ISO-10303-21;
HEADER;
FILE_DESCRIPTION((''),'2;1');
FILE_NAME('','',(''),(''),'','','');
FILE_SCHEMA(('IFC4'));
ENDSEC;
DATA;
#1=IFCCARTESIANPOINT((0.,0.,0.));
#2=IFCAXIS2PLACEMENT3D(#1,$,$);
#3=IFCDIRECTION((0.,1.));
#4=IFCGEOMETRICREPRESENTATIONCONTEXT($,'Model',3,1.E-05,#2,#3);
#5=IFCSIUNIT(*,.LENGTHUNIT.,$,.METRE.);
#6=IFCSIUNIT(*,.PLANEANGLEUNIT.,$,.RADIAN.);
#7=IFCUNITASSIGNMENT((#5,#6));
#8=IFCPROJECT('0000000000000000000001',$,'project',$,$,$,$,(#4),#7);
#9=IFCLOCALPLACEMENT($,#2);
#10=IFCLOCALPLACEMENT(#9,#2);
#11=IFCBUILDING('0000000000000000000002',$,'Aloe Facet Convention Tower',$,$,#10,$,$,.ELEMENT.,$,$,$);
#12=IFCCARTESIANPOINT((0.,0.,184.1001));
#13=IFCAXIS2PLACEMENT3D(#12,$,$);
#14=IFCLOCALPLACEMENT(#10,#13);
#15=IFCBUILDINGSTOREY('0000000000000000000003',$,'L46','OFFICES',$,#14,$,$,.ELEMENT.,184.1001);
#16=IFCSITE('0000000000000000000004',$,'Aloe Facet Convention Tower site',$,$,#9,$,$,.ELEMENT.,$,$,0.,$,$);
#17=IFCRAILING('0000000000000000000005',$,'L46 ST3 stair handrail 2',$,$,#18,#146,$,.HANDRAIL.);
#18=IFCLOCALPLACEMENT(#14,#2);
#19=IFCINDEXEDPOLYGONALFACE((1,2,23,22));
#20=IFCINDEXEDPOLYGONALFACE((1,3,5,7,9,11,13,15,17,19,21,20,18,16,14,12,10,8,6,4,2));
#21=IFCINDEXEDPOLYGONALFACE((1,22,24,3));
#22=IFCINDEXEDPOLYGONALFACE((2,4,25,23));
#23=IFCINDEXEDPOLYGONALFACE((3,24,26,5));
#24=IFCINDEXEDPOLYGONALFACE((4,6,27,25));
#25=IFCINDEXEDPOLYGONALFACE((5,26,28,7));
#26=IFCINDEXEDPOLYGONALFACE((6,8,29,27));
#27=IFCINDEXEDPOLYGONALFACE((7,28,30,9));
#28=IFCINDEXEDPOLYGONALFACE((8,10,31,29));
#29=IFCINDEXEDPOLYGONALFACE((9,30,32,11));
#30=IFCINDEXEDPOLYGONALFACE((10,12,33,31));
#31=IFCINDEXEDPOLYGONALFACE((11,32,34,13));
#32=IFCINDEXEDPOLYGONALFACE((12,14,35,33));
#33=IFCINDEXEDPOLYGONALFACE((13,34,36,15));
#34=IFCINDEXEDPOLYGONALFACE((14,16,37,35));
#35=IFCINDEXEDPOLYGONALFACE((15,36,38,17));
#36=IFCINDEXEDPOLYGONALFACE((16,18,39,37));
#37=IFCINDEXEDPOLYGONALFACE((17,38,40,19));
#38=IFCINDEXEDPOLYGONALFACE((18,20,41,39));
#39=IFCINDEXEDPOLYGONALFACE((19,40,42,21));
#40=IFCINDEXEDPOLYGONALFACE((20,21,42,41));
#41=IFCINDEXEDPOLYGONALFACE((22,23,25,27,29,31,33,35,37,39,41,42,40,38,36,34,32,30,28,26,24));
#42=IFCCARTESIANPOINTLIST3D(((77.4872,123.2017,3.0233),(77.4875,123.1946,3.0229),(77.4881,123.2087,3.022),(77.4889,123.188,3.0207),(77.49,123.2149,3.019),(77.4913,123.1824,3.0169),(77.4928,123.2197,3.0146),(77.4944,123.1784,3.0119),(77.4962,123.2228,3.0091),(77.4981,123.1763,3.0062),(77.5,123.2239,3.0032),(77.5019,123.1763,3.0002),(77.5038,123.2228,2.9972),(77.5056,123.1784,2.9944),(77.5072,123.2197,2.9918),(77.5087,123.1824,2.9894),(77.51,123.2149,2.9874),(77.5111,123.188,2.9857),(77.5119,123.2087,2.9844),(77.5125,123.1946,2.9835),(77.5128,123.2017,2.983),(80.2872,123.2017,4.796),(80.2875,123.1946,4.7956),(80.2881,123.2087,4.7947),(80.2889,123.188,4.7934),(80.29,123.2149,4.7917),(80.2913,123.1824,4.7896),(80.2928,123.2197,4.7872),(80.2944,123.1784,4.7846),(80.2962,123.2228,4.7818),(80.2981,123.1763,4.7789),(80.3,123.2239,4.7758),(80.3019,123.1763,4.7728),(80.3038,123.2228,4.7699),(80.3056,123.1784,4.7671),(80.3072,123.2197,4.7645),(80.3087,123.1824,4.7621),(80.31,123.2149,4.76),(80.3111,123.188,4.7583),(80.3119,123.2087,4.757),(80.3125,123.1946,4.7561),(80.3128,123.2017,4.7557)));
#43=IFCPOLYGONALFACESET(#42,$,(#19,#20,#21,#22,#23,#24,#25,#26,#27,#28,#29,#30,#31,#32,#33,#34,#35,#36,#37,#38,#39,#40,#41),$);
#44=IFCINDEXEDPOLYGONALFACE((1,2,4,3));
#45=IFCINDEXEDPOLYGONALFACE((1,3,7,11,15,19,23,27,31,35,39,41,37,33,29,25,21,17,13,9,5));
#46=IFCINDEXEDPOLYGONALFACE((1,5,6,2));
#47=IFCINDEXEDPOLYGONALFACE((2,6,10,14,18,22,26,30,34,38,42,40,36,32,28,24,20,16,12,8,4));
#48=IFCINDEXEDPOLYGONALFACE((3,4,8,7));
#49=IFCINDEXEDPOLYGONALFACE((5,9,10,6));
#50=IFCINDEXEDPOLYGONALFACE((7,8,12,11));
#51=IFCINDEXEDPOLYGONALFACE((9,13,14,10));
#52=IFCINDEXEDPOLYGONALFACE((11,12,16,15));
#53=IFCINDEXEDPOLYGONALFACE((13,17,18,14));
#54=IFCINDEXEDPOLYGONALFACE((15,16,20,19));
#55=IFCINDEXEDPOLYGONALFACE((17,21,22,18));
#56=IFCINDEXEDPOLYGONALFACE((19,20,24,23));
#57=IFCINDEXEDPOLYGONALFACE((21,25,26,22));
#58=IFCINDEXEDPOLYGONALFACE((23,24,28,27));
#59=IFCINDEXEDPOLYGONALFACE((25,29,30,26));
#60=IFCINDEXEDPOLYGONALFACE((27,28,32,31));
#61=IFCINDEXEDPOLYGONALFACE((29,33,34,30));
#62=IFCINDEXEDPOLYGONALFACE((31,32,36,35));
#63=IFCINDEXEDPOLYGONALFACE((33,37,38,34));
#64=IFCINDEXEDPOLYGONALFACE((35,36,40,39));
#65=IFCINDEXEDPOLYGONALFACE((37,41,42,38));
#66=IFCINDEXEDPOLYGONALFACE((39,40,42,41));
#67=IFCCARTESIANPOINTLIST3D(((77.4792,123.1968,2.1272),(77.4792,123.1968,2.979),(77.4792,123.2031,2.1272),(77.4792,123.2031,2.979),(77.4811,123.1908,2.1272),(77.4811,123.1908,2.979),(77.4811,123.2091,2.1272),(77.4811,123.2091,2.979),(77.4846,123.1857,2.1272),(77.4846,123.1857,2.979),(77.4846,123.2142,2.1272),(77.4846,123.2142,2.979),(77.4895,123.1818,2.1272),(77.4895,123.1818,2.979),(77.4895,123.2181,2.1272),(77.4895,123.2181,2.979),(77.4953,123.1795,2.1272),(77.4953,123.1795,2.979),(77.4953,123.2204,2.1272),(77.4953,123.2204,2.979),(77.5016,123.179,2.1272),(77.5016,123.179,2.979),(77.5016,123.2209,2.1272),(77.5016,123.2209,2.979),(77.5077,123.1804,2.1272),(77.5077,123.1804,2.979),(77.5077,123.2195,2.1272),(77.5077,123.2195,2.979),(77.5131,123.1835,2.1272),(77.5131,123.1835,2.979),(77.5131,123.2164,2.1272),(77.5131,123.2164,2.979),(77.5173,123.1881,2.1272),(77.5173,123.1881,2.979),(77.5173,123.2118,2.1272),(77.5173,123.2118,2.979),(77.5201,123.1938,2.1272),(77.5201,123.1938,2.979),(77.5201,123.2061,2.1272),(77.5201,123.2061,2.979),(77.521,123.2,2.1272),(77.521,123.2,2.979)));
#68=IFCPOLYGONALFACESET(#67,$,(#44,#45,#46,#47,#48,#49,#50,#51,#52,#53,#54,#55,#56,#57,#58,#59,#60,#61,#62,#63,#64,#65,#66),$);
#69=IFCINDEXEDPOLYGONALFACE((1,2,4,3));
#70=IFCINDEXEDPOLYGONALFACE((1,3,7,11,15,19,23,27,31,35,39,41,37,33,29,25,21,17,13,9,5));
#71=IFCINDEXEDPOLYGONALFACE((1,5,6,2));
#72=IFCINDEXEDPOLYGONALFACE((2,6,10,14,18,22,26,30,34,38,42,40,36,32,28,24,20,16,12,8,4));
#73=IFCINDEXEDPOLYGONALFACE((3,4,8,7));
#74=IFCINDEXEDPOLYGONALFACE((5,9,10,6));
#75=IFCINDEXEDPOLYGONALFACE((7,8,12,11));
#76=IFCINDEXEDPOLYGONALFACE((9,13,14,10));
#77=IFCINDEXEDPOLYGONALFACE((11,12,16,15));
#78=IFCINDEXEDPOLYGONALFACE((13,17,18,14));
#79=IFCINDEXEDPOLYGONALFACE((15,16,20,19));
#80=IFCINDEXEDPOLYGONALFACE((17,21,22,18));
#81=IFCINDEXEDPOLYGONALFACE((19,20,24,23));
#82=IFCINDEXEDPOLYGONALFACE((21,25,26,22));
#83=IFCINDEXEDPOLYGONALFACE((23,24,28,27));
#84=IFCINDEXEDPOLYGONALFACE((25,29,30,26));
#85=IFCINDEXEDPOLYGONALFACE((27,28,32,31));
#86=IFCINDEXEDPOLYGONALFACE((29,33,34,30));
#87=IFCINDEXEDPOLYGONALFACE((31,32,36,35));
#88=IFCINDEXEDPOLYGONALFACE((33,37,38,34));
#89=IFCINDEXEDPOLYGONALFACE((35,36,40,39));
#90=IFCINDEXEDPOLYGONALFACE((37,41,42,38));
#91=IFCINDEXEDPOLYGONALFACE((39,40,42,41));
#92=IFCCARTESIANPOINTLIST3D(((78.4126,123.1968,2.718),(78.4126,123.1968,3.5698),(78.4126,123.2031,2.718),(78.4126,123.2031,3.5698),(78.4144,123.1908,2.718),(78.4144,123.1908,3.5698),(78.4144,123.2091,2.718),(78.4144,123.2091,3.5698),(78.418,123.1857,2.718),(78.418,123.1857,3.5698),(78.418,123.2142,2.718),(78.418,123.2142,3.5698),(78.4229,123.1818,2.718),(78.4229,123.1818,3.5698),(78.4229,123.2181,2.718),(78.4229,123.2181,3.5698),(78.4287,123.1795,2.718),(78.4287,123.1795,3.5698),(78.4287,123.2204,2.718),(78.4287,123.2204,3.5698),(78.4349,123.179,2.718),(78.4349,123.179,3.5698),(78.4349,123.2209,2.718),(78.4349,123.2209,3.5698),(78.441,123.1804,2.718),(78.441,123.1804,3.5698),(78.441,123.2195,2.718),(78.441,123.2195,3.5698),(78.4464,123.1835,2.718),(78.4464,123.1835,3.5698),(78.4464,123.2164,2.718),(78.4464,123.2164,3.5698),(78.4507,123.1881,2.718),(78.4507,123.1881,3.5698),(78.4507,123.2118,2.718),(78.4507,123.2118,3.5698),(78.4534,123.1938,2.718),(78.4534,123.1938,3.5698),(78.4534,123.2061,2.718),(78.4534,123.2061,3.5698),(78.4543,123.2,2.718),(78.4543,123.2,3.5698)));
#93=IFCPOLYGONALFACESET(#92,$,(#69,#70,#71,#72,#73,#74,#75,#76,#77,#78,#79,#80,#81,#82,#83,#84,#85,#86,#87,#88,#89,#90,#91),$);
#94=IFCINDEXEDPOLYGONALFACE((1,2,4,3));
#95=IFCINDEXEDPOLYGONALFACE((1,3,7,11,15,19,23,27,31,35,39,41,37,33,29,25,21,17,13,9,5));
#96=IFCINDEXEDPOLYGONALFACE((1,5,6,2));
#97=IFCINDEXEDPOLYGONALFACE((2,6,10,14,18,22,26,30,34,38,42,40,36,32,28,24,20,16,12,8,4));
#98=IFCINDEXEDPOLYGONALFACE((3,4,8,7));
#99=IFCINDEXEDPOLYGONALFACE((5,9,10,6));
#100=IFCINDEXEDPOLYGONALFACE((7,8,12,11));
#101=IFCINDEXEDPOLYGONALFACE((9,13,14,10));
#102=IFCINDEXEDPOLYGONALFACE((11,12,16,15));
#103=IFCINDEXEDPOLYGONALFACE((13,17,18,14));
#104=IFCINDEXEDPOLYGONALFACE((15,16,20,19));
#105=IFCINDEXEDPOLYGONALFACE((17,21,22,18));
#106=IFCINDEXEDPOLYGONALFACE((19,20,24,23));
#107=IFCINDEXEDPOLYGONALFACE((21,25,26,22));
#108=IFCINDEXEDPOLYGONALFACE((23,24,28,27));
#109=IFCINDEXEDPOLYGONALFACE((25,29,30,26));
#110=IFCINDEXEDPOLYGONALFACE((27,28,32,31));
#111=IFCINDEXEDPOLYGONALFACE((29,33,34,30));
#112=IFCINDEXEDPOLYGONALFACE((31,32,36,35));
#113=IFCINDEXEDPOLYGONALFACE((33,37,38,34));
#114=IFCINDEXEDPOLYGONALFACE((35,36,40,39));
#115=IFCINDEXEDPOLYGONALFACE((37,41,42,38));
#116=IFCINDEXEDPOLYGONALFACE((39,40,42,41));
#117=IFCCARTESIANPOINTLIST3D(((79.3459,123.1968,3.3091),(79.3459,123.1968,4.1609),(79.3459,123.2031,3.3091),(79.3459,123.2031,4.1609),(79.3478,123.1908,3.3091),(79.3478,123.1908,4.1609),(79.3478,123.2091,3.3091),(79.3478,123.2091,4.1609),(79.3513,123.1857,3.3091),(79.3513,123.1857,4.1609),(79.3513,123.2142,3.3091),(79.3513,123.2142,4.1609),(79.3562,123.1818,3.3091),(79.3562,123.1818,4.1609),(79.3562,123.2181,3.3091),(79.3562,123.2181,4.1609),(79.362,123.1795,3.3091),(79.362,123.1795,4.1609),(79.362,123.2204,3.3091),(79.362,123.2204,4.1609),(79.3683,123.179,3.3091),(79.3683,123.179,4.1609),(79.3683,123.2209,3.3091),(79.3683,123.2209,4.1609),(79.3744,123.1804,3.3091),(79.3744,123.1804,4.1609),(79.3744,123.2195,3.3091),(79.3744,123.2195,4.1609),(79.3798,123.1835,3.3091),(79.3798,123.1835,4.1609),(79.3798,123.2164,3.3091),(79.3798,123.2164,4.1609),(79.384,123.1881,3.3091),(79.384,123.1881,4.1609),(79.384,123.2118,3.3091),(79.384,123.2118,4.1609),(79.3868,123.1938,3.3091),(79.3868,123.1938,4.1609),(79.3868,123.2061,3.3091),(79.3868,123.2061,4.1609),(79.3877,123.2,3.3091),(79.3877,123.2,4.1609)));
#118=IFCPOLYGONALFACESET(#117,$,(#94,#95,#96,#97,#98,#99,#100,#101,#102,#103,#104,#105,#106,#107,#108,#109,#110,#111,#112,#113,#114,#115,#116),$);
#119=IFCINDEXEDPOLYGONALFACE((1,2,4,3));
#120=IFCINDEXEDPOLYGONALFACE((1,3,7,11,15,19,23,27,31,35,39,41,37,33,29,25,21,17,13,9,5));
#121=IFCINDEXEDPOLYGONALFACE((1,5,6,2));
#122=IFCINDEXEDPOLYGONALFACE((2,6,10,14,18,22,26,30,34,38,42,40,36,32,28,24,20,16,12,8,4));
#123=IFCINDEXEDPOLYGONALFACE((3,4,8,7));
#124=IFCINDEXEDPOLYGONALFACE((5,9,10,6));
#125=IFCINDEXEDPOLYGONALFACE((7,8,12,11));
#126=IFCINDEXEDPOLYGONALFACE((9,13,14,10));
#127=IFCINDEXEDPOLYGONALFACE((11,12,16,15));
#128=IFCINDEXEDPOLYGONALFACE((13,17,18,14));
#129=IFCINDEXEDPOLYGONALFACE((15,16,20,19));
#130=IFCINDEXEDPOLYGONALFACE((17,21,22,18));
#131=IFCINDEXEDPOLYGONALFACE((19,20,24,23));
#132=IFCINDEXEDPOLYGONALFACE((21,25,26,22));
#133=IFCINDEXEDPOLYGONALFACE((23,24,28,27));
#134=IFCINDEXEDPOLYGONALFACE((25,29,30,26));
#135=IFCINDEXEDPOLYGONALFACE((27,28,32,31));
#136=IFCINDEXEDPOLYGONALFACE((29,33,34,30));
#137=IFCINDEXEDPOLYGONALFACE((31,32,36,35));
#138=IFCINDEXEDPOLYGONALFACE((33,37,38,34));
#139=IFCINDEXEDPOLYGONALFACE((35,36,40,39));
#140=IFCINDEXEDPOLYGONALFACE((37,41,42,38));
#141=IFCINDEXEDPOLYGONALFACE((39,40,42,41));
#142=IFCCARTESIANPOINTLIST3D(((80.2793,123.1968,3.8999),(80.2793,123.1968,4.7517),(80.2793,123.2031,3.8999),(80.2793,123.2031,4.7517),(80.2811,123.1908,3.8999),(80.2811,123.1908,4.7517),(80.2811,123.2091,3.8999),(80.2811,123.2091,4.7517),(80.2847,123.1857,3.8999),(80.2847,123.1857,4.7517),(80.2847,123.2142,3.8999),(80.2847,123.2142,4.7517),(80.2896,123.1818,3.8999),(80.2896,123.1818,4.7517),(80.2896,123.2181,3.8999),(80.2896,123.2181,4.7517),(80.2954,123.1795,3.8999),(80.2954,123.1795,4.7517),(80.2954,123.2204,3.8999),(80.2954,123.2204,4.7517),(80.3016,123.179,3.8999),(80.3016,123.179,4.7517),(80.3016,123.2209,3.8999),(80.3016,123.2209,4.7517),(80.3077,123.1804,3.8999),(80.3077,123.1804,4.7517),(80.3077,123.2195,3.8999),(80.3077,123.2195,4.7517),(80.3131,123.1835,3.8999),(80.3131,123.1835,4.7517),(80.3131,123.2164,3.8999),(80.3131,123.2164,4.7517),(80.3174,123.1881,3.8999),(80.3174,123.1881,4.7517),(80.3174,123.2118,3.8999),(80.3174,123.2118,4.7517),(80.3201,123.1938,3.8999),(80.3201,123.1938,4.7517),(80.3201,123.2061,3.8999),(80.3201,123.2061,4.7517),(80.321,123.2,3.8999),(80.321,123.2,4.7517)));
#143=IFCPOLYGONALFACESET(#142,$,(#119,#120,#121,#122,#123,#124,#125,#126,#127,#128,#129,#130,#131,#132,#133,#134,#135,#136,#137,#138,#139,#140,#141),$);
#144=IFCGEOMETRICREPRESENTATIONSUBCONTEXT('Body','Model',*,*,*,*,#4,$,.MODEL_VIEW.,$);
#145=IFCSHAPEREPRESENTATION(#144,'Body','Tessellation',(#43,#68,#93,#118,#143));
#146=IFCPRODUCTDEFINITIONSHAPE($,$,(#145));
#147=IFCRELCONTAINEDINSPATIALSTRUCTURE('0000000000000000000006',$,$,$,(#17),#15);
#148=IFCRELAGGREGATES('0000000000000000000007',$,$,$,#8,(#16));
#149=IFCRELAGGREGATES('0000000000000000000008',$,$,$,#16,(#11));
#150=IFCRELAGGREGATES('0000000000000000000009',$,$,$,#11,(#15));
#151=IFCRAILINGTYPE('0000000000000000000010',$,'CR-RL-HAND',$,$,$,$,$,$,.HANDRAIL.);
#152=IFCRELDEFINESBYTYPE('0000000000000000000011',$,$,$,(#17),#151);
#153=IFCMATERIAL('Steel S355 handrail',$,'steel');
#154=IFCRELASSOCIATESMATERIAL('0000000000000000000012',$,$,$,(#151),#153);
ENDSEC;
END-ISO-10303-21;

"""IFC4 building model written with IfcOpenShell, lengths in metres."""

from ifc_helpers import new_model, si_unit, direction, frame, origin, origin_2d, place, context, subcontext, project, spatial, circle, extrude, material, type_object, element, save


model = new_model("IFC4")

# Units and contexts
model_context = context("Model", 3, precision=1e-05, world=origin(), true_north=direction((0.0, 1.0)))
body_context = subcontext(model_context, "Body", "Model", "MODEL_VIEW")
ifc_project = project(units=[si_unit("LENGTHUNIT", "METRE"), si_unit("PLANEANGLEUNIT", "RADIAN")], contexts=[model_context])

# Site, building, storey
site_placement = place(None, origin())
site = spatial("IfcSite", under=ifc_project, at=site_placement, Name="Aloe Facet Convention Tower site", CompositionType="ELEMENT", RefElevation=0.0)
building_placement = place(site_placement, origin())
building = spatial("IfcBuilding", under=site, at=building_placement, Name="Aloe Facet Convention Tower", CompositionType="ELEMENT")
storey_placement = place(building_placement, frame((0.0, 0.0, 184.1001)))
storey = spatial("IfcBuildingStorey", under=building, at=storey_placement, Name="L46", Description="OFFICES", CompositionType="ELEMENT", Elevation=184.1001)

# Railing
ifc_material_1 = material(Name="Steel S355 handrail", Category="steel")
railing_type = type_object("IfcRailingType", Name="CR-RL-HAND", PredefinedType="HANDRAIL", material=ifc_material_1)
railing_placement = place(storey_placement, frame((77.5, 123.2, 2.1272)))
element("IfcRailing", 1, at=railing_placement, inside=storey, type_object=railing_type, Name="L46 ST3 stair handrail 2", PredefinedType="HANDRAIL", context=body_context, shape_type="SweptSolid", body=[
    extrude(circle(Radius=0.0239, at=origin_2d()), frame((0.0, 0.0, 0.876), z_axis=(0.844909, 0.0, 0.53491), x_axis=(0.0, 1.0, 0.0)), (0.0, 0.0, 1.0), 3.314),
    extrude(circle(Radius=0.021, at=origin_2d()), origin(), (0.0, 0.0, 1.0), 0.8518),
    extrude(circle(Radius=0.021, at=origin_2d()), frame((0.9333, 0.0, 0.5908)), (0.0, 0.0, 1.0), 0.8518),
    extrude(circle(Radius=0.021, at=origin_2d()), frame((1.8667, 0.0, 1.1819)), (0.0, 0.0, 1.0), 0.8518),
    extrude(circle(Radius=0.021, at=origin_2d()), frame((2.8, 0.0, 1.7727)), (0.0, 0.0, 1.0), 0.8518),
])

save(model, "model.ifc")
